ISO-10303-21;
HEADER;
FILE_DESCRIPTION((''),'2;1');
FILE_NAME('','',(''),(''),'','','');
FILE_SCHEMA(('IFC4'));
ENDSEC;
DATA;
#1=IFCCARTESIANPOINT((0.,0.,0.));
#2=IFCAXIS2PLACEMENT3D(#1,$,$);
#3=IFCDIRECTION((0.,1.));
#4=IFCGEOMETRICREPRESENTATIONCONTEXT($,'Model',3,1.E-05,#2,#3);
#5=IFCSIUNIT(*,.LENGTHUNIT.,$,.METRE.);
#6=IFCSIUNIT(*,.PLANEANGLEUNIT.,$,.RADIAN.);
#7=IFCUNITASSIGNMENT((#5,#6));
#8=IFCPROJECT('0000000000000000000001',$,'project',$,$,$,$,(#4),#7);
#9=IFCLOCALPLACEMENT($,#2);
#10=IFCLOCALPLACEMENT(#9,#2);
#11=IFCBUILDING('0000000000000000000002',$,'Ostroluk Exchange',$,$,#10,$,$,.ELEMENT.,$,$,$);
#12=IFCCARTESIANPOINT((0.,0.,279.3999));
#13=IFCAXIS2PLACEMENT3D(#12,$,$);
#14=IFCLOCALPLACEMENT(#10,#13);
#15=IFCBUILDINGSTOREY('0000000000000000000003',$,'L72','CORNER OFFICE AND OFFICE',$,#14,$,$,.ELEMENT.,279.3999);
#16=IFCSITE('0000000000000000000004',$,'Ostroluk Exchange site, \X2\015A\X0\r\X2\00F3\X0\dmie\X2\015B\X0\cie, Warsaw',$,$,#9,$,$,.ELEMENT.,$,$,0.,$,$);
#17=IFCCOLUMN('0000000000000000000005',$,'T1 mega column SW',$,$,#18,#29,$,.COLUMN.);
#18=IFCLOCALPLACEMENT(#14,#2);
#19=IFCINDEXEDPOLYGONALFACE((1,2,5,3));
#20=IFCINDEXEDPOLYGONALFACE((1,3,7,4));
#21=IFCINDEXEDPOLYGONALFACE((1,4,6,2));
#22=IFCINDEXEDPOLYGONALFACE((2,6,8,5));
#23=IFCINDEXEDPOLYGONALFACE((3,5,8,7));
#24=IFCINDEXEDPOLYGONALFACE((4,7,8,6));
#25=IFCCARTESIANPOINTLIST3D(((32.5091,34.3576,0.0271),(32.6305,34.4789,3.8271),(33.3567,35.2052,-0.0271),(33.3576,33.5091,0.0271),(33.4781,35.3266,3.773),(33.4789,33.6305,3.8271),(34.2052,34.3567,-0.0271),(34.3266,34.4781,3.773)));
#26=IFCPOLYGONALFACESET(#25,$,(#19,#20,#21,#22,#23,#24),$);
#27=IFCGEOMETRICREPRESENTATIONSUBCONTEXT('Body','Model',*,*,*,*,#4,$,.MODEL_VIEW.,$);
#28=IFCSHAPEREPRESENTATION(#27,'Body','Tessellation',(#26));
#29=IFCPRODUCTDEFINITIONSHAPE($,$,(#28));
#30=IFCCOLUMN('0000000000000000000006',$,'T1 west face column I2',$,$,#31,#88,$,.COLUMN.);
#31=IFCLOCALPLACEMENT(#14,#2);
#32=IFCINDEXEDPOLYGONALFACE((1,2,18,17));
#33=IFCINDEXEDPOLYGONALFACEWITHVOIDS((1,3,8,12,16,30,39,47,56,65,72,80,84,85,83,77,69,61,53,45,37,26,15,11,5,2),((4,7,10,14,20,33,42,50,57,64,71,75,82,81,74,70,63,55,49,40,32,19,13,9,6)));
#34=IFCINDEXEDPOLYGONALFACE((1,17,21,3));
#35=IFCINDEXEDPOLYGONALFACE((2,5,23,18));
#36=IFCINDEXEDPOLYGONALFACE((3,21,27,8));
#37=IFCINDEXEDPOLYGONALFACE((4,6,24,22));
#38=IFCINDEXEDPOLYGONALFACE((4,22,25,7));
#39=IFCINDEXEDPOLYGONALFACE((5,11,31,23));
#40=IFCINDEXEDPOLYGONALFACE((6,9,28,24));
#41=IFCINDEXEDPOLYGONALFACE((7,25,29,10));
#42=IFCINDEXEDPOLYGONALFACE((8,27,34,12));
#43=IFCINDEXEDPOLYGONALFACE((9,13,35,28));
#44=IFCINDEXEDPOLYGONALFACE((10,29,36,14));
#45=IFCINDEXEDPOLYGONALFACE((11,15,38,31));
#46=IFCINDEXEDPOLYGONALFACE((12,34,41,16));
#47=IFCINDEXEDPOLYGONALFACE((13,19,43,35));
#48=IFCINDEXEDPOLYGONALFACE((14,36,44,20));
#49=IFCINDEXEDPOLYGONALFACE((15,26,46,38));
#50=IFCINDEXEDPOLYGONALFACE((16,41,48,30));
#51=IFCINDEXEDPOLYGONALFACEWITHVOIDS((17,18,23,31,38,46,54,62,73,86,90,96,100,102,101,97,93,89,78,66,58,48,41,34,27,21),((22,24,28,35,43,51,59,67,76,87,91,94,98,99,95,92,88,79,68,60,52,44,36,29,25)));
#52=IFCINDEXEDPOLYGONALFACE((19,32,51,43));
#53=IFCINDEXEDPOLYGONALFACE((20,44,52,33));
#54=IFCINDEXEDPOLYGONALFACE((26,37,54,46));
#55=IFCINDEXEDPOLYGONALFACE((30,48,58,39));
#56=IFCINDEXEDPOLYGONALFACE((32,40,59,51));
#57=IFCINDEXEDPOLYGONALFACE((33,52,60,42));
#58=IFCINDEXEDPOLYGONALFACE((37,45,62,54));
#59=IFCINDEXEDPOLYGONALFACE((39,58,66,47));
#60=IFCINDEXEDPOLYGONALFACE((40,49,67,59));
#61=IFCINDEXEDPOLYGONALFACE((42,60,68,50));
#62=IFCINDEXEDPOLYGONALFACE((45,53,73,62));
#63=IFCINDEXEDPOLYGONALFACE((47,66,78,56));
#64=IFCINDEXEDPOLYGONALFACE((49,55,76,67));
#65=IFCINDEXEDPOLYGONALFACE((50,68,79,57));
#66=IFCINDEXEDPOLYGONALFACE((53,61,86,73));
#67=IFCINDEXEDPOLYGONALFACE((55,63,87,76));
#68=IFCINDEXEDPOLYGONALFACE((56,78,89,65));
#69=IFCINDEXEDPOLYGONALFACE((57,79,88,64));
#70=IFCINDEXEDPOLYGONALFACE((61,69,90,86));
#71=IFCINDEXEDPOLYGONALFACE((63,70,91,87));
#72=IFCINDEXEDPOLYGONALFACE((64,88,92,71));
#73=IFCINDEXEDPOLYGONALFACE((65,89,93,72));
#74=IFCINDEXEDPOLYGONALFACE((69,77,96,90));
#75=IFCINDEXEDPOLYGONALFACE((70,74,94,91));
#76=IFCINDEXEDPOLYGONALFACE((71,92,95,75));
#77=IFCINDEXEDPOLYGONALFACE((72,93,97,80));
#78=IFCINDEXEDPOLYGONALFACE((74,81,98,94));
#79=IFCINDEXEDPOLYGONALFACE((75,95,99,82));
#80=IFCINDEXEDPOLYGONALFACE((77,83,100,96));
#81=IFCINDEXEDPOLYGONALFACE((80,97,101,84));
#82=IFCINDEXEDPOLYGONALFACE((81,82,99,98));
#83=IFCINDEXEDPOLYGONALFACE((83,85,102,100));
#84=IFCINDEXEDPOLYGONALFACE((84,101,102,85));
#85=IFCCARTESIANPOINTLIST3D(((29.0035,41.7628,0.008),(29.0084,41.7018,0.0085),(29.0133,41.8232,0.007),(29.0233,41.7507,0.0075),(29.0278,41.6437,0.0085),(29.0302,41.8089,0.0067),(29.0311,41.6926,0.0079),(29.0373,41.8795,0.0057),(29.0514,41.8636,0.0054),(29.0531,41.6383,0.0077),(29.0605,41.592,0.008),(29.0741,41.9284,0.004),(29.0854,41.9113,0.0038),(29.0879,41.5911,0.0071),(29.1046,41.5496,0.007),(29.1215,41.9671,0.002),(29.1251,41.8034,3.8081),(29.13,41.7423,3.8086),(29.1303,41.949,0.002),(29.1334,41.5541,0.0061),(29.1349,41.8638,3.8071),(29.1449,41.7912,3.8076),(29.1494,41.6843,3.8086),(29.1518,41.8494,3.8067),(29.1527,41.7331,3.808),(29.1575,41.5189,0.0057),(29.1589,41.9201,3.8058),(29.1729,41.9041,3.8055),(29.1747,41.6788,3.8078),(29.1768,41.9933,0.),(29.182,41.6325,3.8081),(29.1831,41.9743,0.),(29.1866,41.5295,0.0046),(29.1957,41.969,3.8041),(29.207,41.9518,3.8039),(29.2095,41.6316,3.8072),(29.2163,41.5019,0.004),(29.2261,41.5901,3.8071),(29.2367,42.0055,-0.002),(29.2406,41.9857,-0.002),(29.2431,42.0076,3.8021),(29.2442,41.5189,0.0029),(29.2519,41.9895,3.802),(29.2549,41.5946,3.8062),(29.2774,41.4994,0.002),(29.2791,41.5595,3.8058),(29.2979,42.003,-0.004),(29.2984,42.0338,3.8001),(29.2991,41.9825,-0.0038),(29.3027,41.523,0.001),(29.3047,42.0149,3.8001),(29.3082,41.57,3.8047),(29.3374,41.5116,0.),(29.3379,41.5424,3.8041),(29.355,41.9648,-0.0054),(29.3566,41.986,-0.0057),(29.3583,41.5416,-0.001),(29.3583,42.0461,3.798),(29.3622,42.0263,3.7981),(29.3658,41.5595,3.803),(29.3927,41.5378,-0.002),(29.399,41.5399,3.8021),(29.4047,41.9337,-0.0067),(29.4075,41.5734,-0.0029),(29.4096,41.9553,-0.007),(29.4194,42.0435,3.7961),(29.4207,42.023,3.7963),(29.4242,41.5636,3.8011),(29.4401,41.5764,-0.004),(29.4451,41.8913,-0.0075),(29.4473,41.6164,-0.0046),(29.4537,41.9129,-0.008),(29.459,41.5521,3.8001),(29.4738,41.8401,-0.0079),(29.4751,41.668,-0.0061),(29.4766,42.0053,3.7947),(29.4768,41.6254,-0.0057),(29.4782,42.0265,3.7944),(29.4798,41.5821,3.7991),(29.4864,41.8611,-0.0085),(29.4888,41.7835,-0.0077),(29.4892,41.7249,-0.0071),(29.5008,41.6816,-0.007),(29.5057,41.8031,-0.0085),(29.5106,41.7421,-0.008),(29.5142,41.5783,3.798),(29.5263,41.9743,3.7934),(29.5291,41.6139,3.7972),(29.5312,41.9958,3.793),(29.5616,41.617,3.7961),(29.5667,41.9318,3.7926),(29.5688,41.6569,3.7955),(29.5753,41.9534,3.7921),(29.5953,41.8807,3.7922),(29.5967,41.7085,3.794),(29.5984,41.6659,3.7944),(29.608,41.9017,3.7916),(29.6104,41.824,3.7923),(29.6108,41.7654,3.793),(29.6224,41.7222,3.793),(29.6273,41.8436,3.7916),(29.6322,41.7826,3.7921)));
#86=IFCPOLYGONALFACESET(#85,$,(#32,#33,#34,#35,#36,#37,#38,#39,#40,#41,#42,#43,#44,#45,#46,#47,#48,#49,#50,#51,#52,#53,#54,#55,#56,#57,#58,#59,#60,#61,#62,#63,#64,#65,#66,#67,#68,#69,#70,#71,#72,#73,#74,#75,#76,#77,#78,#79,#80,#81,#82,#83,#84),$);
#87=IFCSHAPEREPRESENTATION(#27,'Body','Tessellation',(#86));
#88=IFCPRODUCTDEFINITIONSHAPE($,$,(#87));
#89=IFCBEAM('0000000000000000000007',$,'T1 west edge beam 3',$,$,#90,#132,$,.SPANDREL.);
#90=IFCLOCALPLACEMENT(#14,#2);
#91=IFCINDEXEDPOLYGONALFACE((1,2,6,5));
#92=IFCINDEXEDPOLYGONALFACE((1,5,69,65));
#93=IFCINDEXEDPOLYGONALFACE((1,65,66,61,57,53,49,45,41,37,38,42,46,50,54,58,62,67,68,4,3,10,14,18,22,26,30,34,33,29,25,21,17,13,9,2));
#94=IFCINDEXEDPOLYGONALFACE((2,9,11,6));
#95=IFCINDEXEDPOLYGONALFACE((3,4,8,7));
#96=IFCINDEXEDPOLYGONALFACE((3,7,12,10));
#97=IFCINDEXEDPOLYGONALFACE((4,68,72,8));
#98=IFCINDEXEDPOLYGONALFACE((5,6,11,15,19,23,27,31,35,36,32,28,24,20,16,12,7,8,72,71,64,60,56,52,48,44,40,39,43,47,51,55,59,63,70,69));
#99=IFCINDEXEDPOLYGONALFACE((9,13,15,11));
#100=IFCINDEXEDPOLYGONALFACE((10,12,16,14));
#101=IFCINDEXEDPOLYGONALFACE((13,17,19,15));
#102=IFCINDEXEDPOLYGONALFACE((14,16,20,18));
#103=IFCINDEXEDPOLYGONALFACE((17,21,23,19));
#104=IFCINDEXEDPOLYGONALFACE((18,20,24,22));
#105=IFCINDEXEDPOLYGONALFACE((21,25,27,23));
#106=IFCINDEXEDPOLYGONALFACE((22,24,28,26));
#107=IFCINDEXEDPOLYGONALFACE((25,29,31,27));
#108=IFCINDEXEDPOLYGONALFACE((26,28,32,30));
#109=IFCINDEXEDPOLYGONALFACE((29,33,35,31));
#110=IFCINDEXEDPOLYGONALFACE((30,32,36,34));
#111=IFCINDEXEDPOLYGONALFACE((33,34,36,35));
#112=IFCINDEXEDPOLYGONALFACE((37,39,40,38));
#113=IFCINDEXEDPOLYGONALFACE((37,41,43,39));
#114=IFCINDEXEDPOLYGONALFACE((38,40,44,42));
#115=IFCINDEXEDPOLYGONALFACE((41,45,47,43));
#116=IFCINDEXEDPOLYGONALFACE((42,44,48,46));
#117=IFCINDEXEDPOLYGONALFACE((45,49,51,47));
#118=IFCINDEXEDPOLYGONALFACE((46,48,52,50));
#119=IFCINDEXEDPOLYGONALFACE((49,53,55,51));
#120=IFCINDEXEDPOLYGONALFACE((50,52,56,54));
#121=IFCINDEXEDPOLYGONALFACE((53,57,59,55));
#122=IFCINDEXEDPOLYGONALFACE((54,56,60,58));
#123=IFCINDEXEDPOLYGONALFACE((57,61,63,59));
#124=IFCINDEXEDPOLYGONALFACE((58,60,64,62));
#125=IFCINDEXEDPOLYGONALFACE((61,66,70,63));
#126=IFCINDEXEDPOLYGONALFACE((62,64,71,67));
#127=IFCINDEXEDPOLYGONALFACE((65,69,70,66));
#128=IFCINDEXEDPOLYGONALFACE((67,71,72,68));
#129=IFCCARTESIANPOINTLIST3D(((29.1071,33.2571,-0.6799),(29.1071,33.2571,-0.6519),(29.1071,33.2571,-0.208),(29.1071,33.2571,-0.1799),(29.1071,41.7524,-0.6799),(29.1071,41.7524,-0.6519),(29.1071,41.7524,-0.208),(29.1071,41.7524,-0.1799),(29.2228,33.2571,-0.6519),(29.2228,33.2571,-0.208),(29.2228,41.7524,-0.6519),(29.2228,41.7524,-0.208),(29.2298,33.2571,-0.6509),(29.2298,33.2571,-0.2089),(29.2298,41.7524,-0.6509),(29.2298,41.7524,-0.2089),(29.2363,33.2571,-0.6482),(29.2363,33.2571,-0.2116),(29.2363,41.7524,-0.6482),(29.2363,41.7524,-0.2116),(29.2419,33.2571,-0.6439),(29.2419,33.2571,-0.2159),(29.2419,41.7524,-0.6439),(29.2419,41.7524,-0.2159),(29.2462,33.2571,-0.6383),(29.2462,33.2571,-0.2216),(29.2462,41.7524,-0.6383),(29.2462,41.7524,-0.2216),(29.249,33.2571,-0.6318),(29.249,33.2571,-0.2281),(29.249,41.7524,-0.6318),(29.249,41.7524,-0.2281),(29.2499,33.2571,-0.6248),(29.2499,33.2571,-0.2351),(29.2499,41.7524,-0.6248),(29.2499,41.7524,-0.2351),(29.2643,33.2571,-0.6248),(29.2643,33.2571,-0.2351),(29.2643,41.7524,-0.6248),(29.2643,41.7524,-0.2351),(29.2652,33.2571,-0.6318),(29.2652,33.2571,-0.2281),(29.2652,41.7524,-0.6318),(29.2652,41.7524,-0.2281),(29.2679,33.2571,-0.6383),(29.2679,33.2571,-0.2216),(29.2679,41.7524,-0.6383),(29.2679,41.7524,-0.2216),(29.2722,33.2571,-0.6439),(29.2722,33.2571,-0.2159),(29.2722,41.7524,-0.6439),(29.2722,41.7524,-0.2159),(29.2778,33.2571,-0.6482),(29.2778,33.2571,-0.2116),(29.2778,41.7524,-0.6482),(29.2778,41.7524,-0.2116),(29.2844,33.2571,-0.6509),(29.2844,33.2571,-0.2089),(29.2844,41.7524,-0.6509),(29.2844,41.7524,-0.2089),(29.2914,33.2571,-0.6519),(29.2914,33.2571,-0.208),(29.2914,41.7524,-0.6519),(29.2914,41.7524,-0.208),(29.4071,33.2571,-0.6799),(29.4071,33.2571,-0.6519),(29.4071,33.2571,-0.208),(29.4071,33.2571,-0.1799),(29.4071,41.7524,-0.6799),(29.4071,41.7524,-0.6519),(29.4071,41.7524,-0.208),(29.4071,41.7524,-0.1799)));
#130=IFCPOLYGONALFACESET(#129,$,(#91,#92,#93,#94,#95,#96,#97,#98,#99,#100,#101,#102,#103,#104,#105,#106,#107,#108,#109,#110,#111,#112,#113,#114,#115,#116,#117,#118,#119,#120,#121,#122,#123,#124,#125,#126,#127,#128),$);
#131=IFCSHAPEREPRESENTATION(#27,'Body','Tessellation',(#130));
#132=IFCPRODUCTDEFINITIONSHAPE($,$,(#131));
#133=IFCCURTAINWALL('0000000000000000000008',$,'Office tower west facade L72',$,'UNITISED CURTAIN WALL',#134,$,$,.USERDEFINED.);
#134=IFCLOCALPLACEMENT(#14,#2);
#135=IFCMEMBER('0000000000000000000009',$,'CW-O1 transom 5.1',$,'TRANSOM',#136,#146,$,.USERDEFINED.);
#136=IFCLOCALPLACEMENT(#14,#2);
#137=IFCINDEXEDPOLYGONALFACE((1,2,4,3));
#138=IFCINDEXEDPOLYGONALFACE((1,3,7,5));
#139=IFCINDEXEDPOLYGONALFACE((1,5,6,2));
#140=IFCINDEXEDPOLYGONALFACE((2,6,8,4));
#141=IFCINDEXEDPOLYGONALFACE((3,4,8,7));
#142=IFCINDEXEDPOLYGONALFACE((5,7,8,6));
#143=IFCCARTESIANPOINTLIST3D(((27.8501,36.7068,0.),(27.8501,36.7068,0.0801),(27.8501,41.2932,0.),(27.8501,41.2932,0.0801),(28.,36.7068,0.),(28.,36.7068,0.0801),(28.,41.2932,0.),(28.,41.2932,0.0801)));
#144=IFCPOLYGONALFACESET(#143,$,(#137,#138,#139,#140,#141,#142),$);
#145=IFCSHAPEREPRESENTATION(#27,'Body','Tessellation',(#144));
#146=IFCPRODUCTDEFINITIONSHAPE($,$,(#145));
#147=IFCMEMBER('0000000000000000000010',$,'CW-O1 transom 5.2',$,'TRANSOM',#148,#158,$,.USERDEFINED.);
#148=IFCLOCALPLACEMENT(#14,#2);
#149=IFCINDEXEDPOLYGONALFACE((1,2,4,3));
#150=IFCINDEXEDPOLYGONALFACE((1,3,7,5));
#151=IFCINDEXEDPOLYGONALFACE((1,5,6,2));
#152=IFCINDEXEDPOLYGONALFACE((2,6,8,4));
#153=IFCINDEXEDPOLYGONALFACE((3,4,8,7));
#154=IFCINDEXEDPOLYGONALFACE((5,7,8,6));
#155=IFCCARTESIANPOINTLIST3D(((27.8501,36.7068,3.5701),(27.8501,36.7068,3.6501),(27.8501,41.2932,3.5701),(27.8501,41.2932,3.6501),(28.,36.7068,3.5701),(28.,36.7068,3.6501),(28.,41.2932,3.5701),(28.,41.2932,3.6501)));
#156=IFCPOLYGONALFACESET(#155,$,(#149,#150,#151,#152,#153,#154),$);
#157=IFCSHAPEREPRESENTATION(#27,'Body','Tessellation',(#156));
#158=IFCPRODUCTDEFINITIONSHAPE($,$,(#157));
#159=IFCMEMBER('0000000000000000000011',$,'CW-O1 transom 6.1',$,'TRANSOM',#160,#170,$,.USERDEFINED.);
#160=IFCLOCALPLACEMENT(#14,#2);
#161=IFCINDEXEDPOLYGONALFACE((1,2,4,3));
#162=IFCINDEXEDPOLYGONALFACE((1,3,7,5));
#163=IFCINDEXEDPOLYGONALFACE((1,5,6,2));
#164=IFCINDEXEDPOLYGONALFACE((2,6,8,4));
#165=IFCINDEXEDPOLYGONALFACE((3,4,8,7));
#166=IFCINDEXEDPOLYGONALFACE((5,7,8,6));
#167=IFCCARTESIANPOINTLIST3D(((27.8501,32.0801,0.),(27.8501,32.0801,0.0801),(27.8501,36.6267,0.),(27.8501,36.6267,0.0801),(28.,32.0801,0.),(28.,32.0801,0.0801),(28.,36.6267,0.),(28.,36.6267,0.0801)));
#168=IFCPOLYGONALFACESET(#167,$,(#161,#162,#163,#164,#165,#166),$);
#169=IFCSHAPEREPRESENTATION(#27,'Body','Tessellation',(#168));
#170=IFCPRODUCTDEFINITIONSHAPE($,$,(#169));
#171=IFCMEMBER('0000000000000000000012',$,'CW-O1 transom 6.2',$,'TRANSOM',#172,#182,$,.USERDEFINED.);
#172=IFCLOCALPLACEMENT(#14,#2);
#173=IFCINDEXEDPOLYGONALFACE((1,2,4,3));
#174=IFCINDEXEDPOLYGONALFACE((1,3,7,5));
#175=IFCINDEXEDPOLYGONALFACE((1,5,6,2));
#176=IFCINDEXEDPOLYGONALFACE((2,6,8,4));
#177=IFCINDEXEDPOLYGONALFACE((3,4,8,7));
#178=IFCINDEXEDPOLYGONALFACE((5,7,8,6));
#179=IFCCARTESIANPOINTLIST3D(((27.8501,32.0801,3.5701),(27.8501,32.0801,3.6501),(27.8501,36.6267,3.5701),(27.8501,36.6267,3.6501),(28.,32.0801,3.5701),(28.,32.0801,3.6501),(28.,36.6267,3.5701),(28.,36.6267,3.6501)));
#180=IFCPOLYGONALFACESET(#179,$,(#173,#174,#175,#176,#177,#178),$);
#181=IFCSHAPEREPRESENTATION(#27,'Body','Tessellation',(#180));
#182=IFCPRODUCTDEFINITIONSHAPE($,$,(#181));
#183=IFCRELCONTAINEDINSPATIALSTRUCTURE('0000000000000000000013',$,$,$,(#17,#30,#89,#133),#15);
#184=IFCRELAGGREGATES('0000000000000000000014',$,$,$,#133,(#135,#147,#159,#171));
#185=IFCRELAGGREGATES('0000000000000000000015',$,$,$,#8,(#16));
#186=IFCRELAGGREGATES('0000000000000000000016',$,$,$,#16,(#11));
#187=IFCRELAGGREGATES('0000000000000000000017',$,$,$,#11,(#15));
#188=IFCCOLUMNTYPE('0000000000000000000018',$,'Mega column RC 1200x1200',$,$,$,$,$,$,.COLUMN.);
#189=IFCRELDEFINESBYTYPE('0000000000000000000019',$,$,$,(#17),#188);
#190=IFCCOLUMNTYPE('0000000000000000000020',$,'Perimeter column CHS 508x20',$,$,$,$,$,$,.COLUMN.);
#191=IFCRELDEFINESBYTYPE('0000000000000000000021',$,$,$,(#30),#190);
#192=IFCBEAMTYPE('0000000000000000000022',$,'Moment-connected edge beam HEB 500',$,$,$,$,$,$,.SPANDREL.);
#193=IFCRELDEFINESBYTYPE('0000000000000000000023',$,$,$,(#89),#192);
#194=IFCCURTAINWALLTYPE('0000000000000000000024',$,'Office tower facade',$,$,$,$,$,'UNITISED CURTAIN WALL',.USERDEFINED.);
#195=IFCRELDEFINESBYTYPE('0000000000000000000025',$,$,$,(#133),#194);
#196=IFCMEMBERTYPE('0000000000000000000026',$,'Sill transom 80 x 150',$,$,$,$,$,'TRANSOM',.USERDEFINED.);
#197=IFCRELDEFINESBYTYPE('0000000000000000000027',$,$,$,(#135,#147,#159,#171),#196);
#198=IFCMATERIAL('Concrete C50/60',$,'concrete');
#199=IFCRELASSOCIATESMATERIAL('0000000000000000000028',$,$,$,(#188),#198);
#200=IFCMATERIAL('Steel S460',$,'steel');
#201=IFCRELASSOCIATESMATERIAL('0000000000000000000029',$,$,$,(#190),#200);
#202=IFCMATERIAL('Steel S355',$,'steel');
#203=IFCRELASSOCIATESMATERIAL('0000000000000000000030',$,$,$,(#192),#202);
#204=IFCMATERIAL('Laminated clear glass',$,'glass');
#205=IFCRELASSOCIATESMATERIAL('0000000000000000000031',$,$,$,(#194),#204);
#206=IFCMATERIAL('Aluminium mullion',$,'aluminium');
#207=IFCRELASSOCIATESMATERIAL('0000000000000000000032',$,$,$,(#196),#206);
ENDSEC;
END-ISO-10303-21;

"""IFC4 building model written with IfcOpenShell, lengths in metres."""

from ifc_helpers import new_model, si_unit, direction, frame, origin, origin_2d, place, context, subcontext, project, spatial, rectangle, hollow_circle, i_section, extrude, material, material_profile, profile_set, type_object, element, aggregate, save


model = new_model("IFC4")

# Units and contexts
model_context = context("Model", 3, precision=1e-05, world=origin(), true_north=direction((0.0, 1.0)))
body_context = subcontext(model_context, "Body", "Model", "MODEL_VIEW")
ifc_project = project(units=[si_unit("LENGTHUNIT", "METRE"), si_unit("PLANEANGLEUNIT", "RADIAN")], contexts=[model_context])

# Site, building, storey
site_placement = place(None, origin())
site = spatial("IfcSite", under=ifc_project, at=site_placement, Name="Ostroluk Exchange site, Śródmieście, Warsaw", CompositionType="ELEMENT", RefElevation=0.0)
building_placement = place(site_placement, origin())
building = spatial("IfcBuilding", under=site, at=building_placement, Name="Ostroluk Exchange", CompositionType="ELEMENT")
storey_placement = place(building_placement, frame((0.0, 0.0, 279.3999)))
storey = spatial("IfcBuildingStorey", under=building, at=storey_placement, Name="L72", Description="CORNER OFFICE AND OFFICE", CompositionType="ELEMENT", Elevation=279.3999)

# Columns
ifc_material_1 = material(Name="Concrete C50/60", Category="concrete")
ifc_material_profile_1 = material_profile(ifc_material_1, rectangle(XDim=1.2, YDim=1.2, at=origin_2d()), Name="RC 1200x1200")
ifc_profile_set_1 = profile_set([ifc_material_profile_1], Name="Concrete C50/60")
column_type_1 = type_object("IfcColumnType", Name="Mega column RC 1200x1200", PredefinedType="COLUMN", material=ifc_profile_set_1)
column_1_placement = place(storey_placement, frame((33.3572, 34.3572, 0.0), z_axis=(0.031898, 0.031898, 0.998982), x_axis=(-0.707107, 0.707107, 0.0)))
element("IfcColumn", 1, at=column_1_placement, inside=storey, type_object=column_type_1, Name="T1 mega column SW", PredefinedType="COLUMN", context=body_context, shape_type="SweptSolid", body=[
    extrude(rectangle(XDim=1.2, YDim=1.2, at=origin_2d()), origin(), (0.0, 0.0, 1.0), 3.804),
])
ifc_material_2 = material(Name="Steel S460", Category="steel")
ifc_material_profile_2 = material_profile(ifc_material_2, hollow_circle(Radius=0.2539, WallThickness=0.02, at=origin_2d()), Name="CHS 508x20")
ifc_profile_set_2 = profile_set([ifc_material_profile_2], Name="Steel S460")
column_type_2 = type_object("IfcColumnType", Name="Perimeter column CHS 508x20", PredefinedType="COLUMN", material=ifc_profile_set_2)
column_2_placement = place(storey_placement, frame((29.2571, 41.7524, 0.0), z_axis=(0.031977, 0.010659, 0.999432), x_axis=(-0.316228, 0.948683, 0.0)))
element("IfcColumn", 2, at=column_2_placement, inside=storey, type_object=column_type_2, Name="T1 west face column I2", PredefinedType="COLUMN", context=body_context, shape_type="SweptSolid", body=[
    extrude(hollow_circle(Radius=0.2539, WallThickness=0.02, at=origin_2d()), origin(), (0.0, 0.0, 1.0), 3.8022),
])

# Beam
ifc_material_3 = material(Name="Steel S355", Category="steel")
ifc_material_profile_3 = material_profile(ifc_material_3, i_section(OverallWidth=0.3, OverallDepth=0.5, WebThickness=0.0144, FlangeThickness=0.0281, FilletRadius=0.0271, at=origin_2d()), Name="HEB 500")
ifc_profile_set_3 = profile_set([ifc_material_profile_3], Name="Steel S355")
beam_type = type_object("IfcBeamType", Name="Moment-connected edge beam HEB 500", PredefinedType="SPANDREL", material=ifc_profile_set_3)
beam_placement = place(storey_placement, frame((29.2571, 41.7524, -0.4299), z_axis=(0.0, -1.0, 0.0), x_axis=(1.0, 0.0, 0.0)))
element("IfcBeam", 3, at=beam_placement, inside=storey, type_object=beam_type, Name="T1 west edge beam 3", PredefinedType="SPANDREL", context=body_context, shape_type="SweptSolid", body=[
    extrude(i_section(OverallWidth=0.3, OverallDepth=0.5, WebThickness=0.0144, FlangeThickness=0.0281, FilletRadius=0.0271, at=origin_2d()), origin(), (0.0, 0.0, 1.0), 8.4954),
])

# Curtain wall, members
ifc_material_4 = material(Name="Laminated clear glass", Category="glass")
curtain_wall_type = type_object("IfcCurtainWallType", Name="Office tower facade", ElementType="UNITISED CURTAIN WALL", PredefinedType="USERDEFINED", material=ifc_material_4)
curtain_wall_placement = place(storey_placement, origin())
curtain_wall = element("IfcCurtainWall", 4, at=curtain_wall_placement, inside=storey, type_object=curtain_wall_type, Name="Office tower west facade L72", ObjectType="UNITISED CURTAIN WALL", PredefinedType="USERDEFINED")
ifc_material_5 = material(Name="Aluminium mullion", Category="aluminium")
ifc_material_profile_4 = material_profile(ifc_material_5, rectangle(XDim=0.1499, YDim=0.0801, at=origin_2d()), Name="Sill transom 80 x 150")
ifc_profile_set_4 = profile_set([ifc_material_profile_4], Name="Aluminium mullion")
member_type_1 = type_object("IfcMemberType", Name="Sill transom 80 x 150", ElementType="TRANSOM", PredefinedType="USERDEFINED", material=ifc_profile_set_4)
member_1_placement = place(storey_placement, frame((27.925, 41.2932, 0.04), z_axis=(0.0, -1.0, 0.0), x_axis=(1.0, 0.0, 0.0)))
member_1 = element("IfcMember", 5, at=member_1_placement, type_object=member_type_1, Name="CW-O1 transom 5.1", ObjectType="TRANSOM", PredefinedType="USERDEFINED", context=body_context, shape_type="SweptSolid", body=[
    extrude(rectangle(XDim=0.1499, YDim=0.0801, at=origin_2d()), origin(), (0.0, 0.0, 1.0), 4.5864),
])
member_2_placement = place(storey_placement, frame((27.925, 41.2932, 3.6101), z_axis=(0.0, -1.0, 0.0), x_axis=(1.0, 0.0, 0.0)))
member_2 = element("IfcMember", 6, at=member_2_placement, type_object=member_type_1, Name="CW-O1 transom 5.2", ObjectType="TRANSOM", PredefinedType="USERDEFINED", context=body_context, shape_type="SweptSolid", body=[
    extrude(rectangle(XDim=0.1499, YDim=0.0801, at=origin_2d()), origin(), (0.0, 0.0, 1.0), 4.5864),
])
member_3_placement = place(storey_placement, frame((27.925, 36.6267, 0.04), z_axis=(0.0, -1.0, 0.0), x_axis=(1.0, 0.0, 0.0)))
member_3 = element("IfcMember", 7, at=member_3_placement, type_object=member_type_1, Name="CW-O1 transom 6.1", ObjectType="TRANSOM", PredefinedType="USERDEFINED", context=body_context, shape_type="SweptSolid", body=[
    extrude(rectangle(XDim=0.1499, YDim=0.0801, at=origin_2d()), origin(), (0.0, 0.0, 1.0), 4.5466),
])
member_4_placement = place(storey_placement, frame((27.925, 36.6267, 3.6101), z_axis=(0.0, -1.0, 0.0), x_axis=(1.0, 0.0, 0.0)))
member_4 = element("IfcMember", 8, at=member_4_placement, type_object=member_type_1, Name="CW-O1 transom 6.2", ObjectType="TRANSOM", PredefinedType="USERDEFINED", context=body_context, shape_type="SweptSolid", body=[
    extrude(rectangle(XDim=0.1499, YDim=0.0801, at=origin_2d()), origin(), (0.0, 0.0, 1.0), 4.5466),
])
aggregate(curtain_wall, [member_1, member_2, member_3, member_4])

save(model, "model.ifc")
